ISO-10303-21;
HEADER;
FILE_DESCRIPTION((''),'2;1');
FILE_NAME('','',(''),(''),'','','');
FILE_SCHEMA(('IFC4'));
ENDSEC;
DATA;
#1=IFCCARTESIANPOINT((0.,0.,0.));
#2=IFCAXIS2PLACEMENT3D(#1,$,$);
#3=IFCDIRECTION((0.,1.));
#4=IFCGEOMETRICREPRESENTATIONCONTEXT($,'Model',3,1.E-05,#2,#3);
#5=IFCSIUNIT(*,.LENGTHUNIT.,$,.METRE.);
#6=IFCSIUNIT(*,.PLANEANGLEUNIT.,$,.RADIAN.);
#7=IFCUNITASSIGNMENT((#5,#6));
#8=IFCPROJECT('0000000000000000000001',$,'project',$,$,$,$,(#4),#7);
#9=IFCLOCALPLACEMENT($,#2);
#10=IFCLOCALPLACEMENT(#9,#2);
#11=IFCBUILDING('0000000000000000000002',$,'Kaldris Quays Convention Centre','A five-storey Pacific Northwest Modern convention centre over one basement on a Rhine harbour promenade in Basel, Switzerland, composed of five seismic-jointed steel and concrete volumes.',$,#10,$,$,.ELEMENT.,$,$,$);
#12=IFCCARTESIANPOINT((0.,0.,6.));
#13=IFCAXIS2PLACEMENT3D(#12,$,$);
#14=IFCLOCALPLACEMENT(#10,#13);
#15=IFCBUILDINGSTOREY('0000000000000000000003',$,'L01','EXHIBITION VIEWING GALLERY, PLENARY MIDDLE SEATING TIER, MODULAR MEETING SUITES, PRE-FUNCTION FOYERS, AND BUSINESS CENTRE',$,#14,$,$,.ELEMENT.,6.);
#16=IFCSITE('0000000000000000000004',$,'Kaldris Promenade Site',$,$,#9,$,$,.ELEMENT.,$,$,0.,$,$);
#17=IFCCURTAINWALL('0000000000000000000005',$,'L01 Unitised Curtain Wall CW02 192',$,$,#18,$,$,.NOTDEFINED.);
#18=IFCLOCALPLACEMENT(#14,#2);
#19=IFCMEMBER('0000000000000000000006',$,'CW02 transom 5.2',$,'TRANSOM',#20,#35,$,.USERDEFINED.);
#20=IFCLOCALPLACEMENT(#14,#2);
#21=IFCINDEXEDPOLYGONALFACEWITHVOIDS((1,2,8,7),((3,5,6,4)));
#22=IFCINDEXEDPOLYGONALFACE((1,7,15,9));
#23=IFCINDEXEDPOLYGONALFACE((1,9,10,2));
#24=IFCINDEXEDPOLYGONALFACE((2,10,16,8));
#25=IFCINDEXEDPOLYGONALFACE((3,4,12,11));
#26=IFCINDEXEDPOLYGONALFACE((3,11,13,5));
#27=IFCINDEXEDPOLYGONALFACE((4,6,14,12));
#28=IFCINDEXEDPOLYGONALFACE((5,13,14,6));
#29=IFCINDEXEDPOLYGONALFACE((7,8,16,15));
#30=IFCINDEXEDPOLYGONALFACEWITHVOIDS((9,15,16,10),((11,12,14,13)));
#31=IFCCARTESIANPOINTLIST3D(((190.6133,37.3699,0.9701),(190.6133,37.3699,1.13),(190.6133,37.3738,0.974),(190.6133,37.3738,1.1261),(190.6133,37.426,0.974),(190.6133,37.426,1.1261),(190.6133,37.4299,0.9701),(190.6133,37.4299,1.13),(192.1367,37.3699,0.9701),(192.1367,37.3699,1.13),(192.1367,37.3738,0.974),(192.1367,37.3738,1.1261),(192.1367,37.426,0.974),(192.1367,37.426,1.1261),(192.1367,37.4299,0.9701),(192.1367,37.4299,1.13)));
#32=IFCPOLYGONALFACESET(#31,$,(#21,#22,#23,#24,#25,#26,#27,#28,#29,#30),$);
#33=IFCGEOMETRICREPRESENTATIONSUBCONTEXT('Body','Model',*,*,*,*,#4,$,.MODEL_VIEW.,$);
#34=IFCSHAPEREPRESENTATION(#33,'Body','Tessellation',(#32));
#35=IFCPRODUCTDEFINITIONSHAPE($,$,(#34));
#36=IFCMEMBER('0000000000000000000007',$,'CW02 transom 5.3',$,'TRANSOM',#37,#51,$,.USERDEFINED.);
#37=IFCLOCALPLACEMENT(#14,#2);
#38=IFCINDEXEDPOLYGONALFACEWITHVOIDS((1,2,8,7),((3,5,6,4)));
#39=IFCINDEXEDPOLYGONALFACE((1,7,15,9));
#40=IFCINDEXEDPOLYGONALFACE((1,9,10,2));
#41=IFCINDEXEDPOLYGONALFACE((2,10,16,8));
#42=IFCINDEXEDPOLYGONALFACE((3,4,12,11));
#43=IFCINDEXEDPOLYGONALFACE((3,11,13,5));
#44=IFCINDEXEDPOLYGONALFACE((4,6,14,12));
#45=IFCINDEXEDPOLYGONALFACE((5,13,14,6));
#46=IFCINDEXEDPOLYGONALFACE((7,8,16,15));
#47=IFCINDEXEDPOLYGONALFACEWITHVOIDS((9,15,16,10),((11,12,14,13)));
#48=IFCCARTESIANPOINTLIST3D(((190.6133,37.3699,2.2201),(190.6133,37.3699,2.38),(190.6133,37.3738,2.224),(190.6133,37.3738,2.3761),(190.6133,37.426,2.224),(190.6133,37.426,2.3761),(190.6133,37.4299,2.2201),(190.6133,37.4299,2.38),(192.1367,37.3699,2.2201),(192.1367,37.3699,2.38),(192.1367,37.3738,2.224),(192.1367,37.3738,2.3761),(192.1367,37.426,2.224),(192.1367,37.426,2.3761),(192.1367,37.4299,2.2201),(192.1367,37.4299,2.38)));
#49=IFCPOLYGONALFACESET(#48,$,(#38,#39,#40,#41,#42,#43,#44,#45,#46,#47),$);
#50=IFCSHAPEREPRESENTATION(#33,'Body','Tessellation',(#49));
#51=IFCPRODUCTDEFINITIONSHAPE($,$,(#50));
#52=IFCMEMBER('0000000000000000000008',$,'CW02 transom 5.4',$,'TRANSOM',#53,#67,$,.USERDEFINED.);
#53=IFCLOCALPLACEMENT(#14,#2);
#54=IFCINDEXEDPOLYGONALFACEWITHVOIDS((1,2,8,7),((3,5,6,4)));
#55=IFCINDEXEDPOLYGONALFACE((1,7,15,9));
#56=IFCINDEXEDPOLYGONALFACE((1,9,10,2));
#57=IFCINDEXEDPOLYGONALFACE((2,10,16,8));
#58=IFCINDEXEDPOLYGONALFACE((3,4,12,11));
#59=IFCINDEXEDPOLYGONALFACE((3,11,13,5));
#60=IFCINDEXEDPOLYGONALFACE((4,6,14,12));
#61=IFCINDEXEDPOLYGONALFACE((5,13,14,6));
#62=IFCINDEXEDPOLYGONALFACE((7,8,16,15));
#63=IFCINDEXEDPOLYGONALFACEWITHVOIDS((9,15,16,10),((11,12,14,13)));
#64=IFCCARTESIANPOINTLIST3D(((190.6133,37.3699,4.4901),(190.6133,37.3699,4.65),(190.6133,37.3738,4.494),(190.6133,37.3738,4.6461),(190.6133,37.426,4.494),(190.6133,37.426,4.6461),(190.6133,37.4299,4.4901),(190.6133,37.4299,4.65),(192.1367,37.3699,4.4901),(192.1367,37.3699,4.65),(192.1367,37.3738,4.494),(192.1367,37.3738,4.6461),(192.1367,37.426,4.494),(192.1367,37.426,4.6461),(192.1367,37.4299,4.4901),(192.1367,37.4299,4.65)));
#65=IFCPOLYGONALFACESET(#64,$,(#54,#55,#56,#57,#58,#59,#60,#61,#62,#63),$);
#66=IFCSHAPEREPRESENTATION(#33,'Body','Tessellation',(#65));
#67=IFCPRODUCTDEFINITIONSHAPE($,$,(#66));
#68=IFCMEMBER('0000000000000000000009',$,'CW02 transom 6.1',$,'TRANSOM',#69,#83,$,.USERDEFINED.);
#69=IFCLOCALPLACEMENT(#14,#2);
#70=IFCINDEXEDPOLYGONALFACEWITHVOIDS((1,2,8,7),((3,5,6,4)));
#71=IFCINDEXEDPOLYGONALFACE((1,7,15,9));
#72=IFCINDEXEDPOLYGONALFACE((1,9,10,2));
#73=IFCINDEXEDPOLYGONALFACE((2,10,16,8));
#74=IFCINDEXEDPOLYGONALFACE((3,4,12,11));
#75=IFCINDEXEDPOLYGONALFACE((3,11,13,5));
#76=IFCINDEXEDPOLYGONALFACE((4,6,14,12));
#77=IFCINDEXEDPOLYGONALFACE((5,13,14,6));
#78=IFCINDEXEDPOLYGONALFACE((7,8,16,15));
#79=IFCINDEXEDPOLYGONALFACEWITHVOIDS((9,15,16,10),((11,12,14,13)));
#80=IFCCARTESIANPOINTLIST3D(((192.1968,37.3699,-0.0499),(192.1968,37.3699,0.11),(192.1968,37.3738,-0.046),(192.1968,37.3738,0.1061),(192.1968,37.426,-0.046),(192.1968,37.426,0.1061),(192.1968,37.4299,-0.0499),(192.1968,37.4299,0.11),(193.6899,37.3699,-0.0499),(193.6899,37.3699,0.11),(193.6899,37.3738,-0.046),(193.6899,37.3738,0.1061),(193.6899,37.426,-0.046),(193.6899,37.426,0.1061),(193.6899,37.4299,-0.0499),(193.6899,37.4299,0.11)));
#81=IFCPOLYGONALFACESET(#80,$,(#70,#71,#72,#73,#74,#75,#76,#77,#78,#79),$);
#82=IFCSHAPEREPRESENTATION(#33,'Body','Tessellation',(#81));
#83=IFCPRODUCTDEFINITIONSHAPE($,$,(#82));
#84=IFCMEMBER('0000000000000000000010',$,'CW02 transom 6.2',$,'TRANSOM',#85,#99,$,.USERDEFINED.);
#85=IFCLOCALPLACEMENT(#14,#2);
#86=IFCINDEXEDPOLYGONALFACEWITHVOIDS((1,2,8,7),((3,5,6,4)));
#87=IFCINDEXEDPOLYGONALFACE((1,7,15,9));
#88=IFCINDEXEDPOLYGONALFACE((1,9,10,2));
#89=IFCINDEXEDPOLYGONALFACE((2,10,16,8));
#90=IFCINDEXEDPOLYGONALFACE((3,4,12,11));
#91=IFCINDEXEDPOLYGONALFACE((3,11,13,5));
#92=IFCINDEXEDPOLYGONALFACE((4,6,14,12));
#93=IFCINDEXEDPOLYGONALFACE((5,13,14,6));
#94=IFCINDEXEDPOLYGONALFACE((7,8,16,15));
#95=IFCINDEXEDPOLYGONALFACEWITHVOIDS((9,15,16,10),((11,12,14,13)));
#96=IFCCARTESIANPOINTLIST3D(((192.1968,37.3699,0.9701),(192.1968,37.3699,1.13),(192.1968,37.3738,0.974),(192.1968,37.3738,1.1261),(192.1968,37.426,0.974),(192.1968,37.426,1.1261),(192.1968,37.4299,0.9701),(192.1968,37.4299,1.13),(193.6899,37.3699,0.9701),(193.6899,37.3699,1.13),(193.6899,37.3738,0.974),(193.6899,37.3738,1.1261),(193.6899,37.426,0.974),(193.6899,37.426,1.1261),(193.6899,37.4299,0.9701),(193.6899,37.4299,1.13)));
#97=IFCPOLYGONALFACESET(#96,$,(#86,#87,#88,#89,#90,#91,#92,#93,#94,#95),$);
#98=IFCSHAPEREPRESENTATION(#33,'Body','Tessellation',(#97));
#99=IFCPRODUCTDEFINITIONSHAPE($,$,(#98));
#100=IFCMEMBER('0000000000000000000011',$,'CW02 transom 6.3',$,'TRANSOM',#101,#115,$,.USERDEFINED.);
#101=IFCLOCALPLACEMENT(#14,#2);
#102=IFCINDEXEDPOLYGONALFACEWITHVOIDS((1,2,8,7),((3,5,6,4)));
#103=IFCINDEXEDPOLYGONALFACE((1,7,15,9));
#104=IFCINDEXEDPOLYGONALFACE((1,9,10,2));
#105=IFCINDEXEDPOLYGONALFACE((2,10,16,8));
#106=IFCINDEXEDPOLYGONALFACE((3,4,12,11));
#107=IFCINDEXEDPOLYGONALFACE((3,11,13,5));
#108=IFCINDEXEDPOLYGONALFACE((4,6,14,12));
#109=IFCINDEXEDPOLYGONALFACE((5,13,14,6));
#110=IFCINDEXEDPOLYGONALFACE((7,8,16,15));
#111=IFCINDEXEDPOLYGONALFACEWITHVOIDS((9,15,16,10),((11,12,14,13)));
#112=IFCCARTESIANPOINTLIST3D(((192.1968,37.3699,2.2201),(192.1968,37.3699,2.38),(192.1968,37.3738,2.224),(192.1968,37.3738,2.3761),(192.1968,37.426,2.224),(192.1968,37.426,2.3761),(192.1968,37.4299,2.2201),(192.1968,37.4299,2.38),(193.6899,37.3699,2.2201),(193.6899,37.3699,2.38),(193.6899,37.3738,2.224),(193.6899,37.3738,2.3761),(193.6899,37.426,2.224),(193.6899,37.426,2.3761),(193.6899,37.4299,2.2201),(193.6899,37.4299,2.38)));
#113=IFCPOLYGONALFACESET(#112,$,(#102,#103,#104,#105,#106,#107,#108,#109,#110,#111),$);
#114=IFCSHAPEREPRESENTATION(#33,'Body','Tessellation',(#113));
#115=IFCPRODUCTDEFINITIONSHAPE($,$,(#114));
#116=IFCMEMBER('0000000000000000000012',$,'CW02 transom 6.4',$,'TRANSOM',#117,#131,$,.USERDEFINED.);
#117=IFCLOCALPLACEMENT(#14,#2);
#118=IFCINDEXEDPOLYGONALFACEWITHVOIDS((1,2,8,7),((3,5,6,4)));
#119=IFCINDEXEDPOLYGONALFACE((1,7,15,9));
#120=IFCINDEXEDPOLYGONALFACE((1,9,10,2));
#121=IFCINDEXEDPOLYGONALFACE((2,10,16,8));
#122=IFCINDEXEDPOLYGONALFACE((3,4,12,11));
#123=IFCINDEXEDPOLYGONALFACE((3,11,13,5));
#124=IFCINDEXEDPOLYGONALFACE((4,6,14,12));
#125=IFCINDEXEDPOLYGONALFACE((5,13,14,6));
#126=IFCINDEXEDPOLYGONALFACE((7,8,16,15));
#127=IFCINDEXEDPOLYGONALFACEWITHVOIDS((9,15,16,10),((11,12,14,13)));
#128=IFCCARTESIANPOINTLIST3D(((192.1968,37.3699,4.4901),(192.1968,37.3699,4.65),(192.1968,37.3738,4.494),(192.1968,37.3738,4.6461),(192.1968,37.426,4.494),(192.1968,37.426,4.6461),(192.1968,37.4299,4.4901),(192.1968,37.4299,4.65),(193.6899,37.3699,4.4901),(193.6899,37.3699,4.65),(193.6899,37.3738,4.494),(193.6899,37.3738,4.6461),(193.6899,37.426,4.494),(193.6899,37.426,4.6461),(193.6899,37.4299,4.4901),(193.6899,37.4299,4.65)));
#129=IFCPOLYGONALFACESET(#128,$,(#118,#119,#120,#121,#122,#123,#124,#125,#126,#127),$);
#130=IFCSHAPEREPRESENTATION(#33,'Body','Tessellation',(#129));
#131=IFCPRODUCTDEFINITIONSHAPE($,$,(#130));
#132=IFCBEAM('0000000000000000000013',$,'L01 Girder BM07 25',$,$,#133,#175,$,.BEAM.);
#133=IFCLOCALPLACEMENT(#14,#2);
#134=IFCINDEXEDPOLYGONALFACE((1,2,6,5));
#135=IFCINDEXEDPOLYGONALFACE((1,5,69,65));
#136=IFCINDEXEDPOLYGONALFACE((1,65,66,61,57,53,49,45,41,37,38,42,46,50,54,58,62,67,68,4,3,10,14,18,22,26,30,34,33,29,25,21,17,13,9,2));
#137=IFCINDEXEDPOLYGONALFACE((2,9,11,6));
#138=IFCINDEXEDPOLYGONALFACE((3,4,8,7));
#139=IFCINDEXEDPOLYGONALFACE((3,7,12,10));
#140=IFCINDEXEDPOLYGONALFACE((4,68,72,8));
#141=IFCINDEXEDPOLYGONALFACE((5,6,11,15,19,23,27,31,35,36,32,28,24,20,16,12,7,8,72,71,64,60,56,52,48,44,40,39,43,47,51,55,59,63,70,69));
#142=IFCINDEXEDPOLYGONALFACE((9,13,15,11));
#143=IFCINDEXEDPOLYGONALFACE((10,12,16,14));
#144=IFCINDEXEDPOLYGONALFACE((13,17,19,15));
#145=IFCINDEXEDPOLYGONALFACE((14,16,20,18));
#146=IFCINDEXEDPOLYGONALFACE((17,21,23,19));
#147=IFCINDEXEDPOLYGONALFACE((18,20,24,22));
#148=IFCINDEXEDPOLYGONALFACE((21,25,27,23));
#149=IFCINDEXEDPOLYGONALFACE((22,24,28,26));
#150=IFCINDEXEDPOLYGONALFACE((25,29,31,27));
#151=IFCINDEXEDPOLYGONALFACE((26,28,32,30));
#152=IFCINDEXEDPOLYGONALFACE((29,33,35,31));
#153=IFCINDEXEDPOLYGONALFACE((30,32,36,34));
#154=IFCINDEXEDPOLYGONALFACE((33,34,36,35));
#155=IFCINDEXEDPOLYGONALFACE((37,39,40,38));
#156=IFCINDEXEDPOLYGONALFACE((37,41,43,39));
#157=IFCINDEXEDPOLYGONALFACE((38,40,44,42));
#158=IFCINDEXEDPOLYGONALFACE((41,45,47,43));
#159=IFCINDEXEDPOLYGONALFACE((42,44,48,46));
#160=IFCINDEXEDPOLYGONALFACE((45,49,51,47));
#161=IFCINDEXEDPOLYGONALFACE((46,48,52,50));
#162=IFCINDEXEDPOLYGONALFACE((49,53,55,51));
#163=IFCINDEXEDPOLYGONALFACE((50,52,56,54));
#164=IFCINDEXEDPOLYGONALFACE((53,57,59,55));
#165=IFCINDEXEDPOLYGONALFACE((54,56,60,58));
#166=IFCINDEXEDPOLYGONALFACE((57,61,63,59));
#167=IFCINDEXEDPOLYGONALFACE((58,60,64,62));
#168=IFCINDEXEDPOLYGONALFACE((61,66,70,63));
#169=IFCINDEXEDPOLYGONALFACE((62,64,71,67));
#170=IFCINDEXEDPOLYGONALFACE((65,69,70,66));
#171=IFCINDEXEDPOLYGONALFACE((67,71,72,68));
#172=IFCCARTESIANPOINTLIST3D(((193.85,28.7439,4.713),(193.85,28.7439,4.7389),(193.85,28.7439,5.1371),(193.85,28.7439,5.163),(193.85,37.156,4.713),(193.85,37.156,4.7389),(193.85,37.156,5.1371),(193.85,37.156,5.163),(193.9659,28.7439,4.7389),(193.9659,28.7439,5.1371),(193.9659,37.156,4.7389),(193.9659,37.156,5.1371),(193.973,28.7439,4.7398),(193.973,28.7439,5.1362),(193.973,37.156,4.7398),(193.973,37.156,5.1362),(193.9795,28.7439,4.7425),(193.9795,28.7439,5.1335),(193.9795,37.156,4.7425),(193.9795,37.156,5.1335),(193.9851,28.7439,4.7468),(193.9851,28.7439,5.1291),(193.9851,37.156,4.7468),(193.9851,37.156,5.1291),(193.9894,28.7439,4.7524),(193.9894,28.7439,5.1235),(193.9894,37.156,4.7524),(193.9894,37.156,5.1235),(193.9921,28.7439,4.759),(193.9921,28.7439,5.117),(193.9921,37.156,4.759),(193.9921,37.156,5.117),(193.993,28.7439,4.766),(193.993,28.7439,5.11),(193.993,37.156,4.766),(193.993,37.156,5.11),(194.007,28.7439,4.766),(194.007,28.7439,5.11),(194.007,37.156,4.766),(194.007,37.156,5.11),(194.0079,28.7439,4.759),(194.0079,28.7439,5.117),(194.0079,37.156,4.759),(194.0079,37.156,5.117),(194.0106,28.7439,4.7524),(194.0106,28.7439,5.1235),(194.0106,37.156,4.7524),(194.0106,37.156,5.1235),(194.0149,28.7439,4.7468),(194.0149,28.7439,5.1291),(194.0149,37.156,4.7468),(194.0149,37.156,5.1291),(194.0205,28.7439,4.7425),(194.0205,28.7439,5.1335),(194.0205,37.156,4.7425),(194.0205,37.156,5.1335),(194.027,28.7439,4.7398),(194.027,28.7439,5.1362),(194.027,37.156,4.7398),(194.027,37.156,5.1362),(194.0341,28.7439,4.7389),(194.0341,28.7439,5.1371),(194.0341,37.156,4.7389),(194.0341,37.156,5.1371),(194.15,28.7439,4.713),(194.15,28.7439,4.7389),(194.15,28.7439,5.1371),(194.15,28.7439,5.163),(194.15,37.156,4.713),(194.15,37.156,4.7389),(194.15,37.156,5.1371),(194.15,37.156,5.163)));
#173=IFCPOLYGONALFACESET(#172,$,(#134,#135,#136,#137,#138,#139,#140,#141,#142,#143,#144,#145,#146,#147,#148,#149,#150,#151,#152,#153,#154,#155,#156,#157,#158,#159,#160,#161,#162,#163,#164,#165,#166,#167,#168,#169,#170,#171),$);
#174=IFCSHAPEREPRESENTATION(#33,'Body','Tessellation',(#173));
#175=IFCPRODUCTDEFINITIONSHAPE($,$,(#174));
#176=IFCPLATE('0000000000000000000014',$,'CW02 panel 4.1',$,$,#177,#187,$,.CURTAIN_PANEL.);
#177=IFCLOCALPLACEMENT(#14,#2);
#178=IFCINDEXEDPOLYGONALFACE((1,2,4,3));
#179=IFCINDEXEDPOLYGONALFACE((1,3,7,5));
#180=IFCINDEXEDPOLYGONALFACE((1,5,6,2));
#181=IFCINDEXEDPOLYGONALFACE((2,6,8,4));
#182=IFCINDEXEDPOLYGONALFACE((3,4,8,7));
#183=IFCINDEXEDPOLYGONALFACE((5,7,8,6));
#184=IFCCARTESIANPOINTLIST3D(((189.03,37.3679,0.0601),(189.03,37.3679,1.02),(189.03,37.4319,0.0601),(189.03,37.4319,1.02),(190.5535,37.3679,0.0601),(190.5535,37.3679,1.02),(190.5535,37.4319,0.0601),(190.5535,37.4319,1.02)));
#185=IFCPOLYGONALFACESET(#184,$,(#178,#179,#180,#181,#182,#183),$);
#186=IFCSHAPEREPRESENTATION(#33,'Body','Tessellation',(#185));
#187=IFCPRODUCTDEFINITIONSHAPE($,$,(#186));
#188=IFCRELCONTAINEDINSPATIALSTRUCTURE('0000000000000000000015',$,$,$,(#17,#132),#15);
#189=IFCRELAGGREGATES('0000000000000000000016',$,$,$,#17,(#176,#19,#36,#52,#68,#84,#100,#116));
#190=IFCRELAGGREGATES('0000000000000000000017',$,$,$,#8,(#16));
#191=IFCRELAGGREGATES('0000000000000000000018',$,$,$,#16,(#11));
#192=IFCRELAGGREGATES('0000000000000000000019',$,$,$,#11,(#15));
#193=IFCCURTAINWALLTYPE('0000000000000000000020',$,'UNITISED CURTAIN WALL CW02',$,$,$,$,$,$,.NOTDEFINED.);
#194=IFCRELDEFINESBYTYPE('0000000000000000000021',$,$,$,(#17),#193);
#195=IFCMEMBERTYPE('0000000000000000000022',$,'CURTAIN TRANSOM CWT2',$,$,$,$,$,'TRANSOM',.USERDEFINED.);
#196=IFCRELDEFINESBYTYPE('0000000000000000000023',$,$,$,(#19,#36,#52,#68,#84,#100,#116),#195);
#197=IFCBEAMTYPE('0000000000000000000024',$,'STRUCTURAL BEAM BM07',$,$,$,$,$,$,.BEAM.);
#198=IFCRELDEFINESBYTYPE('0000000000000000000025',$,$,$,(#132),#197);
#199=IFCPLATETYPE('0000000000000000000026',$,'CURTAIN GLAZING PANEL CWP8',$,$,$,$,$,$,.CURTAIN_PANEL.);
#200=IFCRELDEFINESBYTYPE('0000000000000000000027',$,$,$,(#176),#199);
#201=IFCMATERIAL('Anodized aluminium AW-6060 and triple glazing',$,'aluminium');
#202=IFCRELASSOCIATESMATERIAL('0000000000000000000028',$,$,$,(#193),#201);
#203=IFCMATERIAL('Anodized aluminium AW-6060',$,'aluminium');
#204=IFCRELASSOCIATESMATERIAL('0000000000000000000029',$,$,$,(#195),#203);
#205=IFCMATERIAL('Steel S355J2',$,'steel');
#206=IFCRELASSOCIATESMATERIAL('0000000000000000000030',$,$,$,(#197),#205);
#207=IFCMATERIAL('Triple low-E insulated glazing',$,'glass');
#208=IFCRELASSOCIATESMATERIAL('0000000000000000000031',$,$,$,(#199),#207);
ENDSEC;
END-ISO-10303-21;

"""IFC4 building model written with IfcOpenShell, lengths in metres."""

from ifc_helpers import new_model, si_unit, direction, frame, origin, origin_2d, place, context, subcontext, project, spatial, rectangle, hollow_rectangle, i_section, extrude, material, material_profile, profile_set, type_object, element, aggregate, save


model = new_model("IFC4")

# Units and contexts
model_context = context("Model", 3, precision=1e-05, world=origin(), true_north=direction((0.0, 1.0)))
body_context = subcontext(model_context, "Body", "Model", "MODEL_VIEW")
ifc_project = project(units=[si_unit("LENGTHUNIT", "METRE"), si_unit("PLANEANGLEUNIT", "RADIAN")], contexts=[model_context])

# Site, building, storey
site_placement = place(None, origin())
site = spatial("IfcSite", under=ifc_project, at=site_placement, Name="Kaldris Promenade Site", CompositionType="ELEMENT", RefElevation=0.0)
building_placement = place(site_placement, origin())
building = spatial("IfcBuilding", under=site, at=building_placement, Name="Kaldris Quays Convention Centre", Description="A five-storey Pacific Northwest Modern convention centre over one basement on a Rhine harbour promenade in Basel, Switzerland, composed of five seismic-jointed steel and concrete volumes.", CompositionType="ELEMENT")
storey_placement = place(building_placement, frame((0.0, 0.0, 6.0)))
storey = spatial("IfcBuildingStorey", under=building, at=storey_placement, Name="L01", Description="EXHIBITION VIEWING GALLERY, PLENARY MIDDLE SEATING TIER, MODULAR MEETING SUITES, PRE-FUNCTION FOYERS, AND BUSINESS CENTRE", CompositionType="ELEMENT", Elevation=6.0)

# Shared definitions
ifc_material_1 = material(Name="Steel S355J2", Category="steel")

# Curtain wall, members
ifc_material_2 = material(Name="Anodized aluminium AW-6060 and triple glazing", Category="aluminium")
curtain_wall_type = type_object("IfcCurtainWallType", Name="UNITISED CURTAIN WALL CW02", PredefinedType="NOTDEFINED", material=ifc_material_2)
curtain_wall_placement = place(storey_placement, origin())
curtain_wall = element("IfcCurtainWall", 1, at=curtain_wall_placement, inside=storey, type_object=curtain_wall_type, Name="L01 Unitised Curtain Wall CW02 192", PredefinedType="NOTDEFINED")
ifc_material_3 = material(Name="Anodized aluminium AW-6060", Category="aluminium")
ifc_material_profile_1 = material_profile(ifc_material_3, hollow_rectangle(XDim=0.0601, YDim=0.1599, WallThickness=0.0039, at=origin_2d()), Name="RHS 160x60x4")
ifc_profile_set_1 = profile_set([ifc_material_profile_1], Name="Anodized aluminium AW-6060")
member_type_1 = type_object("IfcMemberType", Name="CURTAIN TRANSOM CWT2", ElementType="TRANSOM", PredefinedType="USERDEFINED", material=ifc_profile_set_1)
member_1_placement = place(storey_placement, frame((190.6133, 37.3999, 1.05), z_axis=(1.0, 0.0, 0.0), x_axis=(0.0, 1.0, 0.0)))
member_1 = element("IfcMember", 2, at=member_1_placement, type_object=member_type_1, Name="CW02 transom 5.2", ObjectType="TRANSOM", PredefinedType="USERDEFINED", context=body_context, shape_type="SweptSolid", body=[
    extrude(hollow_rectangle(XDim=0.0601, YDim=0.1599, WallThickness=0.0039, at=origin_2d()), origin(), (0.0, 0.0, 1.0), 1.5234),
])
member_2_placement = place(storey_placement, frame((190.6133, 37.3999, 2.3), z_axis=(1.0, 0.0, 0.0), x_axis=(0.0, 1.0, 0.0)))
member_2 = element("IfcMember", 3, at=member_2_placement, type_object=member_type_1, Name="CW02 transom 5.3", ObjectType="TRANSOM", PredefinedType="USERDEFINED", context=body_context, shape_type="SweptSolid", body=[
    extrude(hollow_rectangle(XDim=0.0601, YDim=0.1599, WallThickness=0.0039, at=origin_2d()), origin(), (0.0, 0.0, 1.0), 1.5234),
])
member_3_placement = place(storey_placement, frame((190.6133, 37.3999, 4.5701), z_axis=(1.0, 0.0, 0.0), x_axis=(0.0, 1.0, 0.0)))
member_3 = element("IfcMember", 4, at=member_3_placement, type_object=member_type_1, Name="CW02 transom 5.4", ObjectType="TRANSOM", PredefinedType="USERDEFINED", context=body_context, shape_type="SweptSolid", body=[
    extrude(hollow_rectangle(XDim=0.0601, YDim=0.1599, WallThickness=0.0039, at=origin_2d()), origin(), (0.0, 0.0, 1.0), 1.5234),
])
member_4_placement = place(storey_placement, frame((192.1968, 37.3999, 0.03), z_axis=(1.0, 0.0, 0.0), x_axis=(0.0, 1.0, 0.0)))
member_4 = element("IfcMember", 5, at=member_4_placement, type_object=member_type_1, Name="CW02 transom 6.1", ObjectType="TRANSOM", PredefinedType="USERDEFINED", context=body_context, shape_type="SweptSolid", body=[
    extrude(hollow_rectangle(XDim=0.0601, YDim=0.1599, WallThickness=0.0039, at=origin_2d()), origin(), (0.0, 0.0, 1.0), 1.4932),
])
member_5_placement = place(storey_placement, frame((192.1968, 37.3999, 1.05), z_axis=(1.0, 0.0, 0.0), x_axis=(0.0, 1.0, 0.0)))
member_5 = element("IfcMember", 6, at=member_5_placement, type_object=member_type_1, Name="CW02 transom 6.2", ObjectType="TRANSOM", PredefinedType="USERDEFINED", context=body_context, shape_type="SweptSolid", body=[
    extrude(hollow_rectangle(XDim=0.0601, YDim=0.1599, WallThickness=0.0039, at=origin_2d()), origin(), (0.0, 0.0, 1.0), 1.4932),
])
member_6_placement = place(storey_placement, frame((192.1968, 37.3999, 2.3), z_axis=(1.0, 0.0, 0.0), x_axis=(0.0, 1.0, 0.0)))
member_6 = element("IfcMember", 7, at=member_6_placement, type_object=member_type_1, Name="CW02 transom 6.3", ObjectType="TRANSOM", PredefinedType="USERDEFINED", context=body_context, shape_type="SweptSolid", body=[
    extrude(hollow_rectangle(XDim=0.0601, YDim=0.1599, WallThickness=0.0039, at=origin_2d()), origin(), (0.0, 0.0, 1.0), 1.4932),
])
member_7_placement = place(storey_placement, frame((192.1968, 37.3999, 4.5701), z_axis=(1.0, 0.0, 0.0), x_axis=(0.0, 1.0, 0.0)))
member_7 = element("IfcMember", 8, at=member_7_placement, type_object=member_type_1, Name="CW02 transom 6.4", ObjectType="TRANSOM", PredefinedType="USERDEFINED", context=body_context, shape_type="SweptSolid", body=[
    extrude(hollow_rectangle(XDim=0.0601, YDim=0.1599, WallThickness=0.0039, at=origin_2d()), origin(), (0.0, 0.0, 1.0), 1.4932),
])

# Beam
ifc_material_profile_2 = material_profile(ifc_material_1, i_section(OverallWidth=0.3, OverallDepth=0.45, WebThickness=0.0139, FlangeThickness=0.0259, FilletRadius=0.0271, at=origin_2d()), Name="HEB 450")
ifc_profile_set_2 = profile_set([ifc_material_profile_2], Name="Steel S355J2")
beam_type = type_object("IfcBeamType", Name="STRUCTURAL BEAM BM07", PredefinedType="BEAM", material=ifc_profile_set_2)
beam_placement = place(storey_placement, frame((194.0, 28.7439, 4.938), z_axis=(0.0, 1.0, 0.0), x_axis=(-1.0, 0.0, 0.0)))
element("IfcBeam", 9, at=beam_placement, inside=storey, type_object=beam_type, Name="L01 Girder BM07 25", PredefinedType="BEAM", context=body_context, shape_type="SweptSolid", body=[
    extrude(i_section(OverallWidth=0.3, OverallDepth=0.45, WebThickness=0.0139, FlangeThickness=0.0259, FilletRadius=0.0271, at=origin_2d()), origin(), (0.0, 0.0, 1.0), 8.4121),
])

# Plate
ifc_material_4 = material(Name="Triple low-E insulated glazing", Category="glass")
plate_type = type_object("IfcPlateType", Name="CURTAIN GLAZING PANEL CWP8", PredefinedType="CURTAIN_PANEL", material=ifc_material_4)
plate_1_placement = place(storey_placement, frame((189.7917, 37.3999, 0.0601), z_axis=(0.0, 0.0, 1.0), x_axis=(1.0, 0.0, 0.0)))
plate_1 = element("IfcPlate", 10, at=plate_1_placement, type_object=plate_type, Name="CW02 panel 4.1", PredefinedType="CURTAIN_PANEL", context=body_context, shape_type="SweptSolid", body=[
    extrude(rectangle(XDim=1.5234, YDim=0.064, at=origin_2d()), origin(), (0.0, 0.0, 1.0), 0.96),
])
aggregate(curtain_wall, [plate_1, member_1, member_2, member_3, member_4, member_5, member_6, member_7])

save(model, "model.ifc")
